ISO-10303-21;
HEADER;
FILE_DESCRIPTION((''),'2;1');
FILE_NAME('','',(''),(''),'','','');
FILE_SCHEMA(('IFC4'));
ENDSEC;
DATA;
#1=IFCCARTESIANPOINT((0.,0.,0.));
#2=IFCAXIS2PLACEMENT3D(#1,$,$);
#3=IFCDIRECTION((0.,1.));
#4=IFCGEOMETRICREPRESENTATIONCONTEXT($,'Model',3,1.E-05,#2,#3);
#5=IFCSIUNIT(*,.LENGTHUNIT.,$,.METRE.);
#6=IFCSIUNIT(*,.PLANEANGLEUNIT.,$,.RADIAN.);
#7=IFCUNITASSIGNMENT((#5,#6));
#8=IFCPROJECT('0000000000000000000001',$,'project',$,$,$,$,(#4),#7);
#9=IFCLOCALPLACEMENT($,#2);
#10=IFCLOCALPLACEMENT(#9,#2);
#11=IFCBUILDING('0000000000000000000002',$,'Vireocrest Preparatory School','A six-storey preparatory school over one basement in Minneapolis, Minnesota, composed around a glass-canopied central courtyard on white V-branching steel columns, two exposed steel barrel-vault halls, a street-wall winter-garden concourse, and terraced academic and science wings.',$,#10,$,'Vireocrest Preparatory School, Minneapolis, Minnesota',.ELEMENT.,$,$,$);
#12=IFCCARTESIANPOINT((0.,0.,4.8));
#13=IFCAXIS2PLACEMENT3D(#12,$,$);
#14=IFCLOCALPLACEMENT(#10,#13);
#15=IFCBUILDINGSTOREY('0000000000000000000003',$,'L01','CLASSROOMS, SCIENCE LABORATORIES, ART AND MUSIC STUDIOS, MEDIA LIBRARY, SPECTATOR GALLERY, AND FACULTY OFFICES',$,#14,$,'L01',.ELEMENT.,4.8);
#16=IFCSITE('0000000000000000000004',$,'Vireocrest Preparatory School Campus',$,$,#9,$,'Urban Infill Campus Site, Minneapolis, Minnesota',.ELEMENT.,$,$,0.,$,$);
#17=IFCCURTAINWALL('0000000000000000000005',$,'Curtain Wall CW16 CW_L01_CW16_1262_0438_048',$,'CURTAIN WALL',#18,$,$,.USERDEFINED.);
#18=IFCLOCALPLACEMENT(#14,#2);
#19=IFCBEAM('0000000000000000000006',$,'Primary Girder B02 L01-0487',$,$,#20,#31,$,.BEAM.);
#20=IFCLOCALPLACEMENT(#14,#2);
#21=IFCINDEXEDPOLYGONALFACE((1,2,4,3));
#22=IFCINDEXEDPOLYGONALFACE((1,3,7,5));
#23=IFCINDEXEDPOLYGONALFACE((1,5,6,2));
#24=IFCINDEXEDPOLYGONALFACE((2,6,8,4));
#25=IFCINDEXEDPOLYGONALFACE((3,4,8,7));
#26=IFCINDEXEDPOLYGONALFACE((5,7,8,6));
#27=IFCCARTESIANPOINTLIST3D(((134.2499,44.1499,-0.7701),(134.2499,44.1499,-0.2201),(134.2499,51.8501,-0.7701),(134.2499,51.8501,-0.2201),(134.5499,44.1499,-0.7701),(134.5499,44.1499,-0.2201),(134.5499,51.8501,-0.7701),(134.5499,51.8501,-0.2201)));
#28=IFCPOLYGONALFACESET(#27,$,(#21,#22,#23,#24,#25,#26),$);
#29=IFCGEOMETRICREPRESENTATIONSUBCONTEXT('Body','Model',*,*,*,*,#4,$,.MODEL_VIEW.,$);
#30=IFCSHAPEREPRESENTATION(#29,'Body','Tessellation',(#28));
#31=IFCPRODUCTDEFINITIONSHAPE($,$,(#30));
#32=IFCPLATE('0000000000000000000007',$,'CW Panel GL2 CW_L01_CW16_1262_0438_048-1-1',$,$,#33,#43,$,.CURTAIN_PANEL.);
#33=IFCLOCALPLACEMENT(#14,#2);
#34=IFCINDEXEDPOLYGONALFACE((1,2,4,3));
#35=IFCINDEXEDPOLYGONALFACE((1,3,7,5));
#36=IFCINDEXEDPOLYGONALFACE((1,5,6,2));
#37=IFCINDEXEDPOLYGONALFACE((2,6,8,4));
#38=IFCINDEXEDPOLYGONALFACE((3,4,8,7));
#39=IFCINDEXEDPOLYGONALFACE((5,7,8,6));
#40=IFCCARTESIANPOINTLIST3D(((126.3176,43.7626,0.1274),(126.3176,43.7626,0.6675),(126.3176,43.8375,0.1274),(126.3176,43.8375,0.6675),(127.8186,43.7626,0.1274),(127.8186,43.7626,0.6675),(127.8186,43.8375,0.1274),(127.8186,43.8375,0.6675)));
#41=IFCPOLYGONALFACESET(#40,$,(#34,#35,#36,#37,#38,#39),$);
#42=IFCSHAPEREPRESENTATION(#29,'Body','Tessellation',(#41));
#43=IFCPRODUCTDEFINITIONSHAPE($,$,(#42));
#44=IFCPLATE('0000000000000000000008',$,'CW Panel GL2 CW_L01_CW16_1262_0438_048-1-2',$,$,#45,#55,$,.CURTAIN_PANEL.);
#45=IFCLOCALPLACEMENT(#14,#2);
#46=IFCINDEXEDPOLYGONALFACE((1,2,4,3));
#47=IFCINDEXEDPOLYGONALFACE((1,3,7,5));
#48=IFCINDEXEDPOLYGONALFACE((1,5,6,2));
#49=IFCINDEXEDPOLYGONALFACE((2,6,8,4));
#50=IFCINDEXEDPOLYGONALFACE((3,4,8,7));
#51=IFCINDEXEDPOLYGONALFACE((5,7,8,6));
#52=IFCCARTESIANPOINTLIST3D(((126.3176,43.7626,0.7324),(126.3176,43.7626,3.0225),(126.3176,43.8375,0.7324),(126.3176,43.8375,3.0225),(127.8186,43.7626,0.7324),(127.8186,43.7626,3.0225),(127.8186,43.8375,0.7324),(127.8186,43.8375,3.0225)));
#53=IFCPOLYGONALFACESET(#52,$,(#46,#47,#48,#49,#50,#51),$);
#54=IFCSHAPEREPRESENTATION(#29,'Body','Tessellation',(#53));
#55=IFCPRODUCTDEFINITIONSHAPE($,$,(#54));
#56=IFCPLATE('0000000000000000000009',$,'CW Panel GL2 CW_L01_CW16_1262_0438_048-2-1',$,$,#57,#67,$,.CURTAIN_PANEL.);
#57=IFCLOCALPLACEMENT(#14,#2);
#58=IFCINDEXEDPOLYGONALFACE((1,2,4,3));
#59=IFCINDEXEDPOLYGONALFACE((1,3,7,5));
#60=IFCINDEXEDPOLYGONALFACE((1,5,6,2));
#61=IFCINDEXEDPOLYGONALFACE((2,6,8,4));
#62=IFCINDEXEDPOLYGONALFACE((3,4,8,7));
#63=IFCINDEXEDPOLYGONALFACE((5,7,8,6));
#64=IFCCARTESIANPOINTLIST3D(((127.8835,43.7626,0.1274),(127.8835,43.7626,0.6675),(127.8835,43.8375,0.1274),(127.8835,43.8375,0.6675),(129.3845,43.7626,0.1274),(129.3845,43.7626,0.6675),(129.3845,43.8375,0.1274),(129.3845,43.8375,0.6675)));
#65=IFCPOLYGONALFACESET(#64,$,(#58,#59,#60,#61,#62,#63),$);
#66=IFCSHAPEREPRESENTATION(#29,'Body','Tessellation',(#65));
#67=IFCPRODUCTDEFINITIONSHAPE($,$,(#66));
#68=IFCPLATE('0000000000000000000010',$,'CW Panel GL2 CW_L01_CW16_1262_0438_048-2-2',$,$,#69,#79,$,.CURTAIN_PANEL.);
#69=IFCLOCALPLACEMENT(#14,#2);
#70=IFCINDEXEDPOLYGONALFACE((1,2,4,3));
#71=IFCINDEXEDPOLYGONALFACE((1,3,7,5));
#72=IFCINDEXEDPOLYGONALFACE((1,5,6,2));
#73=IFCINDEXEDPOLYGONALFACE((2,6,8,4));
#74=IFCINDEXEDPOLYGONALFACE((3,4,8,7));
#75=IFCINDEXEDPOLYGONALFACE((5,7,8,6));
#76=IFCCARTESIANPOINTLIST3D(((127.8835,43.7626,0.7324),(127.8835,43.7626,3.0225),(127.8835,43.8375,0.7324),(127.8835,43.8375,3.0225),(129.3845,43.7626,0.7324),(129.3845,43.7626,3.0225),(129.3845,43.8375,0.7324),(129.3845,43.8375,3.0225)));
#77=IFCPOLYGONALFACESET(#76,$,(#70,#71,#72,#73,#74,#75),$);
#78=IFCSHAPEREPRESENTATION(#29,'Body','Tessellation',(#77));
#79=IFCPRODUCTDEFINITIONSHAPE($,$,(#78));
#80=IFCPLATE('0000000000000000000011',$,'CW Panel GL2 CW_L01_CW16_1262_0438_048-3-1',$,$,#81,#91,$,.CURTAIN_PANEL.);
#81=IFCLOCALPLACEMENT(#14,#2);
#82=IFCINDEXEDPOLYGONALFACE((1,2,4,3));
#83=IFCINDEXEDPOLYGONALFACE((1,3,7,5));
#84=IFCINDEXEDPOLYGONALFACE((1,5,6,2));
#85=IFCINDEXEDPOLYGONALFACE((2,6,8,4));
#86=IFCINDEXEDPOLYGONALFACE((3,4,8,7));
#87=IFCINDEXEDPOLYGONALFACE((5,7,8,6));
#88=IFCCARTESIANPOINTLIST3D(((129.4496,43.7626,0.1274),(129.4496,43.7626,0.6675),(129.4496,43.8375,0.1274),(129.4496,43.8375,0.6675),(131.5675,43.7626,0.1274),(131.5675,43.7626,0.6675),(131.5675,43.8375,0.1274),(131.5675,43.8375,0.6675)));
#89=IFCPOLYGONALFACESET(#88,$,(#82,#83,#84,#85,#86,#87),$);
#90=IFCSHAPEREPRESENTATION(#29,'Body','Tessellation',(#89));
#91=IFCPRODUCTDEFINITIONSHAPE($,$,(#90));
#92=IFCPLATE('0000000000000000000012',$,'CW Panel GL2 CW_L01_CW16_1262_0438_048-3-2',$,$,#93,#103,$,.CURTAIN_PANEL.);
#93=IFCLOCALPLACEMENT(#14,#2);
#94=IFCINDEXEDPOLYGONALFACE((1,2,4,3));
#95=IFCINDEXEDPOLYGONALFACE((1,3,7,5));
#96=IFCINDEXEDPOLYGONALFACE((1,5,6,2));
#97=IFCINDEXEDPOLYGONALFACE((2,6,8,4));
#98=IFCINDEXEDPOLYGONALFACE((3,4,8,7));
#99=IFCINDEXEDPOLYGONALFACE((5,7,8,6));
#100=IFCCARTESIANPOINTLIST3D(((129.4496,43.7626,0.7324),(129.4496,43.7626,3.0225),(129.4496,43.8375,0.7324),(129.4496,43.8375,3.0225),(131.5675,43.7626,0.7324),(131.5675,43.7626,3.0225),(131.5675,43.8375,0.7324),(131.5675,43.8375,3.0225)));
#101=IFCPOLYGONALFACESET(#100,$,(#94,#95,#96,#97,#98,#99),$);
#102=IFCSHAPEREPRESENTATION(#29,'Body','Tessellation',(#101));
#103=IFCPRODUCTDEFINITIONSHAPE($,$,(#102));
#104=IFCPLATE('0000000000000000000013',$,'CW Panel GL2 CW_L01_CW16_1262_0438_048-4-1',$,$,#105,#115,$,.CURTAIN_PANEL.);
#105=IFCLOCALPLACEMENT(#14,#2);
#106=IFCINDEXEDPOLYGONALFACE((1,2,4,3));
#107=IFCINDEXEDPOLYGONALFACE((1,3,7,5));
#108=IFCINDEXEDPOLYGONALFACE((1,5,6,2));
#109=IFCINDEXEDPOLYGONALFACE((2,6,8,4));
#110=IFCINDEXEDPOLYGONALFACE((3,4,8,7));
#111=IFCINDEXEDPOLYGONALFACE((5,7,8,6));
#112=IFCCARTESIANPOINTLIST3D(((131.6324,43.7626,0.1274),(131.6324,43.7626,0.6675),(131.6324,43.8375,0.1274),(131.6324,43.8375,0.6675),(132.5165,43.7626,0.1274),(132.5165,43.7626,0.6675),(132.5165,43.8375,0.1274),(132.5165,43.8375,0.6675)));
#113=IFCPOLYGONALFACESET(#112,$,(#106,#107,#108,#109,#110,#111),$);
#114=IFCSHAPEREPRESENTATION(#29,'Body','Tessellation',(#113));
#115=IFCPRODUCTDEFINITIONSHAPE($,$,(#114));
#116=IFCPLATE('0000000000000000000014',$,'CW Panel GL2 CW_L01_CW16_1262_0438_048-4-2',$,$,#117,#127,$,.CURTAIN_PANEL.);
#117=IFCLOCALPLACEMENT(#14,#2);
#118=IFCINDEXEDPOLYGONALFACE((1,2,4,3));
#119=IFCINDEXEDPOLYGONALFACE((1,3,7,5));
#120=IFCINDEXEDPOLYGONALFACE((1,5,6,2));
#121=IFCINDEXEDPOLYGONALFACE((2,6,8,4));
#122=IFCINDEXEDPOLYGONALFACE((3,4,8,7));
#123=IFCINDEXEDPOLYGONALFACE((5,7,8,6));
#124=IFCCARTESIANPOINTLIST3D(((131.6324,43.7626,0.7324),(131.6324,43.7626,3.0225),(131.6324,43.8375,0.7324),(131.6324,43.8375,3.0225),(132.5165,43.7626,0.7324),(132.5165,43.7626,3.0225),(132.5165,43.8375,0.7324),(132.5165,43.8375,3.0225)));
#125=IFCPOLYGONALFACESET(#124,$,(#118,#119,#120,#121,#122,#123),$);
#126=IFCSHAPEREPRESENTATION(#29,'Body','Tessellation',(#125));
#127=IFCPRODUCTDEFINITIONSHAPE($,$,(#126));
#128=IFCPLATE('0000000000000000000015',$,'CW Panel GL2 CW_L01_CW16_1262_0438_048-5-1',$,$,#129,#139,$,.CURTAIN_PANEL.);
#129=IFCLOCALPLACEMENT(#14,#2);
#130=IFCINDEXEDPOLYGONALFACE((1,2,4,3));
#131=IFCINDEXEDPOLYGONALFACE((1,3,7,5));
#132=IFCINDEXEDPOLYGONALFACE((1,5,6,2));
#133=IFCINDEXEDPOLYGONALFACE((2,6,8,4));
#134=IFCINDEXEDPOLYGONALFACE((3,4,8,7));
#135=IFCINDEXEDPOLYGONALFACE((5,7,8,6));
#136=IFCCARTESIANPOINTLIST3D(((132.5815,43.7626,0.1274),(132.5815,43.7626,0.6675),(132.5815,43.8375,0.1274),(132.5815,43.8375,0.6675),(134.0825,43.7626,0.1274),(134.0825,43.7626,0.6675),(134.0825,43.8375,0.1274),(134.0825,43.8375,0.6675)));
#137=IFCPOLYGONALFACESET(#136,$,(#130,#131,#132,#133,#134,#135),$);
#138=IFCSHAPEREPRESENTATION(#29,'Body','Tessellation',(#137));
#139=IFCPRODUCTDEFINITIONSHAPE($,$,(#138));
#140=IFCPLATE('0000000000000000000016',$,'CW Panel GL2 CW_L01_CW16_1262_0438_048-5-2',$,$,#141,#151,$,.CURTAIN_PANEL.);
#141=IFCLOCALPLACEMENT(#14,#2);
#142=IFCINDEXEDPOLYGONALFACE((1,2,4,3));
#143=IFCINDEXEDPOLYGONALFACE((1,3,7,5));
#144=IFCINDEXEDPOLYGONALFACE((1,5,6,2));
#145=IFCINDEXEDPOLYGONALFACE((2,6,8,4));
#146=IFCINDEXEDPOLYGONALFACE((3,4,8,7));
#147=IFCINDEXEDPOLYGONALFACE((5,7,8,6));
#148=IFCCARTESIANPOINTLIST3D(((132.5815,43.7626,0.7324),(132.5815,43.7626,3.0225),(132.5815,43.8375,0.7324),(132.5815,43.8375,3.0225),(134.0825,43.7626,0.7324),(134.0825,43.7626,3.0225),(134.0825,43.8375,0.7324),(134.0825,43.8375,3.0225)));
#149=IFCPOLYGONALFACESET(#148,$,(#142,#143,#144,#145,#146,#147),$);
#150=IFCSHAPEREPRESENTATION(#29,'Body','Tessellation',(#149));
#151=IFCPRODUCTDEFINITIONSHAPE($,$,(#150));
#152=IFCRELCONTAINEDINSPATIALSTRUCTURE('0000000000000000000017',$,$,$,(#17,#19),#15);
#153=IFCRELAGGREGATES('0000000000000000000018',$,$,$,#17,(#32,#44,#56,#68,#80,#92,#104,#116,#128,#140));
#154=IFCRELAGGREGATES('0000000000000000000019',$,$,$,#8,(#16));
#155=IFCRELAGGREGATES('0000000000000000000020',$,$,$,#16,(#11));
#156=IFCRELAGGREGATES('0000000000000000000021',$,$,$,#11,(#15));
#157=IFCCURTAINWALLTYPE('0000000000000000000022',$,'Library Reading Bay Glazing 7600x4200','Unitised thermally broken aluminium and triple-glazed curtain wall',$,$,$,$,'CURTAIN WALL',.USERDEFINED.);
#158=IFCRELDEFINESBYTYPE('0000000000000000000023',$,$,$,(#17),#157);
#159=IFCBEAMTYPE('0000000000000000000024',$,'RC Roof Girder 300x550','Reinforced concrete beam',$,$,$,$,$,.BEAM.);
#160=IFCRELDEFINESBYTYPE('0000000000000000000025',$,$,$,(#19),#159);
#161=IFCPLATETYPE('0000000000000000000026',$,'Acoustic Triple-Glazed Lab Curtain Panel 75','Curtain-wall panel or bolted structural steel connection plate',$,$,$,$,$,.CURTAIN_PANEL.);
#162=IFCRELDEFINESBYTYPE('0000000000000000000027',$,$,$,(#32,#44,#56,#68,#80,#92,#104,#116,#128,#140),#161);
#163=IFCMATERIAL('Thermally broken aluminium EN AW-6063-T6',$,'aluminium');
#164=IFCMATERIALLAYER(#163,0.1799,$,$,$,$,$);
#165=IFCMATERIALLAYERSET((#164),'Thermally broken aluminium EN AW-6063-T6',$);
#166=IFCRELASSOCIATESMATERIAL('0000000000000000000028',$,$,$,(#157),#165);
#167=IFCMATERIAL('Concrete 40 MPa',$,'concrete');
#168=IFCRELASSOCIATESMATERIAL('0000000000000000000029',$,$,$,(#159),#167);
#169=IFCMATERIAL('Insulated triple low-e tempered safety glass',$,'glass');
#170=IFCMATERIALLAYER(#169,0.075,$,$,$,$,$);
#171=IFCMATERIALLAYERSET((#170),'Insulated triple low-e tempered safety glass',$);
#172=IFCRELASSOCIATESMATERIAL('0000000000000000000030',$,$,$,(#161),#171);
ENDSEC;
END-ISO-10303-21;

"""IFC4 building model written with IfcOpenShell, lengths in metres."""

from ifc_helpers import new_model, si_unit, direction, frame, origin, origin_2d, place, context, subcontext, project, spatial, rectangle, extrude, material, layer, layer_set, material_profile, profile_set, type_object, element, aggregate, save


model = new_model("IFC4")

# Units and contexts
model_context = context("Model", 3, precision=1e-05, world=origin(), true_north=direction((0.0, 1.0)))
body_context = subcontext(model_context, "Body", "Model", "MODEL_VIEW")
ifc_project = project(units=[si_unit("LENGTHUNIT", "METRE"), si_unit("PLANEANGLEUNIT", "RADIAN")], contexts=[model_context])

# Site, building, storey
site_placement = place(None, origin())
site = spatial("IfcSite", under=ifc_project, at=site_placement, Name="Vireocrest Preparatory School Campus", LongName="Urban Infill Campus Site, Minneapolis, Minnesota", CompositionType="ELEMENT", RefElevation=0.0)
building_placement = place(site_placement, origin())
building = spatial("IfcBuilding", under=site, at=building_placement, Name="Vireocrest Preparatory School", Description="A six-storey preparatory school over one basement in Minneapolis, Minnesota, composed around a glass-canopied central courtyard on white V-branching steel columns, two exposed steel barrel-vault halls, a street-wall winter-garden concourse, and terraced academic and science wings.", LongName="Vireocrest Preparatory School, Minneapolis, Minnesota", CompositionType="ELEMENT")
storey_placement = place(building_placement, frame((0.0, 0.0, 4.8)))
storey = spatial("IfcBuildingStorey", under=building, at=storey_placement, Name="L01", Description="CLASSROOMS, SCIENCE LABORATORIES, ART AND MUSIC STUDIOS, MEDIA LIBRARY, SPECTATOR GALLERY, AND FACULTY OFFICES", LongName="L01", CompositionType="ELEMENT", Elevation=4.8)

# Curtain wall
ifc_material_1 = material(Name="Thermally broken aluminium EN AW-6063-T6", Category="aluminium")
ifc_layer_1 = layer(ifc_material_1, 0.1799)
ifc_layer_set_1 = layer_set([ifc_layer_1], Name="Thermally broken aluminium EN AW-6063-T6")
curtain_wall_type = type_object("IfcCurtainWallType", Name="Library Reading Bay Glazing 7600x4200", Description="Unitised thermally broken aluminium and triple-glazed curtain wall", ElementType="CURTAIN WALL", PredefinedType="USERDEFINED", material=ifc_layer_set_1)
curtain_wall_placement = place(storey_placement, origin())
curtain_wall = element("IfcCurtainWall", 1, at=curtain_wall_placement, inside=storey, type_object=curtain_wall_type, Name="Curtain Wall CW16 CW_L01_CW16_1262_0438_048", ObjectType="CURTAIN WALL", PredefinedType="USERDEFINED")

# Beam
ifc_material_2 = material(Name="Concrete 40 MPa", Category="concrete")
ifc_material_profile_1 = material_profile(ifc_material_2, rectangle(XDim=0.3, YDim=0.55, at=origin_2d()), Name="RC 300x550")
ifc_profile_set_1 = profile_set([ifc_material_profile_1], Name="Concrete 40 MPa")
beam_type_1 = type_object("IfcBeamType", Name="RC Roof Girder 300x550", Description="Reinforced concrete beam", PredefinedType="BEAM", material=ifc_profile_set_1)
beam_1_placement = place(storey_placement, frame((134.3999, 44.1499, -0.4951), z_axis=(0.0, 1.0, 0.0), x_axis=(-1.0, 0.0, 0.0)))
element("IfcBeam", 2, at=beam_1_placement, inside=storey, type_object=beam_type_1, Name="Primary Girder B02 L01-0487", PredefinedType="BEAM", context=body_context, shape_type="SweptSolid", body=[
    extrude(rectangle(XDim=0.3, YDim=0.55, at=origin_2d()), origin(), (0.0, 0.0, 1.0), 7.7002),
])

# Plates
ifc_material_3 = material(Name="Insulated triple low-e tempered safety glass", Category="glass")
ifc_layer_2 = layer(ifc_material_3, 0.075)
ifc_layer_set_2 = layer_set([ifc_layer_2], Name="Insulated triple low-e tempered safety glass")
plate_type = type_object("IfcPlateType", Name="Acoustic Triple-Glazed Lab Curtain Panel 75", Description="Curtain-wall panel or bolted structural steel connection plate", PredefinedType="CURTAIN_PANEL", material=ifc_layer_set_2)
plate_1_placement = place(storey_placement, frame((127.0681, 43.8, 0.1274), z_axis=(0.0, 0.0, 1.0), x_axis=(1.0, 0.0, 0.0)))
plate_1 = element("IfcPlate", 3, at=plate_1_placement, type_object=plate_type, Name="CW Panel GL2 CW_L01_CW16_1262_0438_048-1-1", PredefinedType="CURTAIN_PANEL", context=body_context, shape_type="SweptSolid", body=[
    extrude(rectangle(XDim=1.501, YDim=0.075, at=origin_2d()), origin(), (0.0, 0.0, 1.0), 0.54),
])
plate_2_placement = place(storey_placement, frame((127.0681, 43.8, 0.7324), z_axis=(0.0, 0.0, 1.0), x_axis=(1.0, 0.0, 0.0)))
plate_2 = element("IfcPlate", 4, at=plate_2_placement, type_object=plate_type, Name="CW Panel GL2 CW_L01_CW16_1262_0438_048-1-2", PredefinedType="CURTAIN_PANEL", context=body_context, shape_type="SweptSolid", body=[
    extrude(rectangle(XDim=1.501, YDim=0.075, at=origin_2d()), origin(), (0.0, 0.0, 1.0), 2.29),
])
plate_3_placement = place(storey_placement, frame((128.634, 43.8, 0.1274), z_axis=(0.0, 0.0, 1.0), x_axis=(1.0, 0.0, 0.0)))
plate_3 = element("IfcPlate", 5, at=plate_3_placement, type_object=plate_type, Name="CW Panel GL2 CW_L01_CW16_1262_0438_048-2-1", PredefinedType="CURTAIN_PANEL", context=body_context, shape_type="SweptSolid", body=[
    extrude(rectangle(XDim=1.501, YDim=0.075, at=origin_2d()), origin(), (0.0, 0.0, 1.0), 0.54),
])
plate_4_placement = place(storey_placement, frame((128.634, 43.8, 0.7324), z_axis=(0.0, 0.0, 1.0), x_axis=(1.0, 0.0, 0.0)))
plate_4 = element("IfcPlate", 6, at=plate_4_placement, type_object=plate_type, Name="CW Panel GL2 CW_L01_CW16_1262_0438_048-2-2", PredefinedType="CURTAIN_PANEL", context=body_context, shape_type="SweptSolid", body=[
    extrude(rectangle(XDim=1.501, YDim=0.075, at=origin_2d()), origin(), (0.0, 0.0, 1.0), 2.29),
])
plate_5_placement = place(storey_placement, frame((130.5085, 43.8, 0.1274), z_axis=(0.0, 0.0, 1.0), x_axis=(1.0, 0.0, 0.0)))
plate_5 = element("IfcPlate", 7, at=plate_5_placement, type_object=plate_type, Name="CW Panel GL2 CW_L01_CW16_1262_0438_048-3-1", PredefinedType="CURTAIN_PANEL", context=body_context, shape_type="SweptSolid", body=[
    extrude(rectangle(XDim=2.1179, YDim=0.075, at=origin_2d()), origin(), (0.0, 0.0, 1.0), 0.54),
])
plate_6_placement = place(storey_placement, frame((130.5085, 43.8, 0.7324), z_axis=(0.0, 0.0, 1.0), x_axis=(1.0, 0.0, 0.0)))
plate_6 = element("IfcPlate", 8, at=plate_6_placement, type_object=plate_type, Name="CW Panel GL2 CW_L01_CW16_1262_0438_048-3-2", PredefinedType="CURTAIN_PANEL", context=body_context, shape_type="SweptSolid", body=[
    extrude(rectangle(XDim=2.1179, YDim=0.075, at=origin_2d()), origin(), (0.0, 0.0, 1.0), 2.29),
])
plate_7_placement = place(storey_placement, frame((132.0745, 43.8, 0.1274), z_axis=(0.0, 0.0, 1.0), x_axis=(1.0, 0.0, 0.0)))
plate_7 = element("IfcPlate", 9, at=plate_7_placement, type_object=plate_type, Name="CW Panel GL2 CW_L01_CW16_1262_0438_048-4-1", PredefinedType="CURTAIN_PANEL", context=body_context, shape_type="SweptSolid", body=[
    extrude(rectangle(XDim=0.884, YDim=0.075, at=origin_2d()), origin(), (0.0, 0.0, 1.0), 0.54),
])
plate_8_placement = place(storey_placement, frame((132.0745, 43.8, 0.7324), z_axis=(0.0, 0.0, 1.0), x_axis=(1.0, 0.0, 0.0)))
plate_8 = element("IfcPlate", 10, at=plate_8_placement, type_object=plate_type, Name="CW Panel GL2 CW_L01_CW16_1262_0438_048-4-2", PredefinedType="CURTAIN_PANEL", context=body_context, shape_type="SweptSolid", body=[
    extrude(rectangle(XDim=0.884, YDim=0.075, at=origin_2d()), origin(), (0.0, 0.0, 1.0), 2.29),
])
plate_9_placement = place(storey_placement, frame((133.332, 43.8, 0.1274), z_axis=(0.0, 0.0, 1.0), x_axis=(1.0, 0.0, 0.0)))
plate_9 = element("IfcPlate", 11, at=plate_9_placement, type_object=plate_type, Name="CW Panel GL2 CW_L01_CW16_1262_0438_048-5-1", PredefinedType="CURTAIN_PANEL", context=body_context, shape_type="SweptSolid", body=[
    extrude(rectangle(XDim=1.501, YDim=0.075, at=origin_2d()), origin(), (0.0, 0.0, 1.0), 0.54),
])
plate_10_placement = place(storey_placement, frame((133.332, 43.8, 0.7324), z_axis=(0.0, 0.0, 1.0), x_axis=(1.0, 0.0, 0.0)))
plate_10 = element("IfcPlate", 12, at=plate_10_placement, type_object=plate_type, Name="CW Panel GL2 CW_L01_CW16_1262_0438_048-5-2", PredefinedType="CURTAIN_PANEL", context=body_context, shape_type="SweptSolid", body=[
    extrude(rectangle(XDim=1.501, YDim=0.075, at=origin_2d()), origin(), (0.0, 0.0, 1.0), 2.29),
])
aggregate(curtain_wall, [plate_1, plate_2, plate_3, plate_4, plate_5, plate_6, plate_7, plate_8, plate_9, plate_10])

save(model, "model.ifc")
